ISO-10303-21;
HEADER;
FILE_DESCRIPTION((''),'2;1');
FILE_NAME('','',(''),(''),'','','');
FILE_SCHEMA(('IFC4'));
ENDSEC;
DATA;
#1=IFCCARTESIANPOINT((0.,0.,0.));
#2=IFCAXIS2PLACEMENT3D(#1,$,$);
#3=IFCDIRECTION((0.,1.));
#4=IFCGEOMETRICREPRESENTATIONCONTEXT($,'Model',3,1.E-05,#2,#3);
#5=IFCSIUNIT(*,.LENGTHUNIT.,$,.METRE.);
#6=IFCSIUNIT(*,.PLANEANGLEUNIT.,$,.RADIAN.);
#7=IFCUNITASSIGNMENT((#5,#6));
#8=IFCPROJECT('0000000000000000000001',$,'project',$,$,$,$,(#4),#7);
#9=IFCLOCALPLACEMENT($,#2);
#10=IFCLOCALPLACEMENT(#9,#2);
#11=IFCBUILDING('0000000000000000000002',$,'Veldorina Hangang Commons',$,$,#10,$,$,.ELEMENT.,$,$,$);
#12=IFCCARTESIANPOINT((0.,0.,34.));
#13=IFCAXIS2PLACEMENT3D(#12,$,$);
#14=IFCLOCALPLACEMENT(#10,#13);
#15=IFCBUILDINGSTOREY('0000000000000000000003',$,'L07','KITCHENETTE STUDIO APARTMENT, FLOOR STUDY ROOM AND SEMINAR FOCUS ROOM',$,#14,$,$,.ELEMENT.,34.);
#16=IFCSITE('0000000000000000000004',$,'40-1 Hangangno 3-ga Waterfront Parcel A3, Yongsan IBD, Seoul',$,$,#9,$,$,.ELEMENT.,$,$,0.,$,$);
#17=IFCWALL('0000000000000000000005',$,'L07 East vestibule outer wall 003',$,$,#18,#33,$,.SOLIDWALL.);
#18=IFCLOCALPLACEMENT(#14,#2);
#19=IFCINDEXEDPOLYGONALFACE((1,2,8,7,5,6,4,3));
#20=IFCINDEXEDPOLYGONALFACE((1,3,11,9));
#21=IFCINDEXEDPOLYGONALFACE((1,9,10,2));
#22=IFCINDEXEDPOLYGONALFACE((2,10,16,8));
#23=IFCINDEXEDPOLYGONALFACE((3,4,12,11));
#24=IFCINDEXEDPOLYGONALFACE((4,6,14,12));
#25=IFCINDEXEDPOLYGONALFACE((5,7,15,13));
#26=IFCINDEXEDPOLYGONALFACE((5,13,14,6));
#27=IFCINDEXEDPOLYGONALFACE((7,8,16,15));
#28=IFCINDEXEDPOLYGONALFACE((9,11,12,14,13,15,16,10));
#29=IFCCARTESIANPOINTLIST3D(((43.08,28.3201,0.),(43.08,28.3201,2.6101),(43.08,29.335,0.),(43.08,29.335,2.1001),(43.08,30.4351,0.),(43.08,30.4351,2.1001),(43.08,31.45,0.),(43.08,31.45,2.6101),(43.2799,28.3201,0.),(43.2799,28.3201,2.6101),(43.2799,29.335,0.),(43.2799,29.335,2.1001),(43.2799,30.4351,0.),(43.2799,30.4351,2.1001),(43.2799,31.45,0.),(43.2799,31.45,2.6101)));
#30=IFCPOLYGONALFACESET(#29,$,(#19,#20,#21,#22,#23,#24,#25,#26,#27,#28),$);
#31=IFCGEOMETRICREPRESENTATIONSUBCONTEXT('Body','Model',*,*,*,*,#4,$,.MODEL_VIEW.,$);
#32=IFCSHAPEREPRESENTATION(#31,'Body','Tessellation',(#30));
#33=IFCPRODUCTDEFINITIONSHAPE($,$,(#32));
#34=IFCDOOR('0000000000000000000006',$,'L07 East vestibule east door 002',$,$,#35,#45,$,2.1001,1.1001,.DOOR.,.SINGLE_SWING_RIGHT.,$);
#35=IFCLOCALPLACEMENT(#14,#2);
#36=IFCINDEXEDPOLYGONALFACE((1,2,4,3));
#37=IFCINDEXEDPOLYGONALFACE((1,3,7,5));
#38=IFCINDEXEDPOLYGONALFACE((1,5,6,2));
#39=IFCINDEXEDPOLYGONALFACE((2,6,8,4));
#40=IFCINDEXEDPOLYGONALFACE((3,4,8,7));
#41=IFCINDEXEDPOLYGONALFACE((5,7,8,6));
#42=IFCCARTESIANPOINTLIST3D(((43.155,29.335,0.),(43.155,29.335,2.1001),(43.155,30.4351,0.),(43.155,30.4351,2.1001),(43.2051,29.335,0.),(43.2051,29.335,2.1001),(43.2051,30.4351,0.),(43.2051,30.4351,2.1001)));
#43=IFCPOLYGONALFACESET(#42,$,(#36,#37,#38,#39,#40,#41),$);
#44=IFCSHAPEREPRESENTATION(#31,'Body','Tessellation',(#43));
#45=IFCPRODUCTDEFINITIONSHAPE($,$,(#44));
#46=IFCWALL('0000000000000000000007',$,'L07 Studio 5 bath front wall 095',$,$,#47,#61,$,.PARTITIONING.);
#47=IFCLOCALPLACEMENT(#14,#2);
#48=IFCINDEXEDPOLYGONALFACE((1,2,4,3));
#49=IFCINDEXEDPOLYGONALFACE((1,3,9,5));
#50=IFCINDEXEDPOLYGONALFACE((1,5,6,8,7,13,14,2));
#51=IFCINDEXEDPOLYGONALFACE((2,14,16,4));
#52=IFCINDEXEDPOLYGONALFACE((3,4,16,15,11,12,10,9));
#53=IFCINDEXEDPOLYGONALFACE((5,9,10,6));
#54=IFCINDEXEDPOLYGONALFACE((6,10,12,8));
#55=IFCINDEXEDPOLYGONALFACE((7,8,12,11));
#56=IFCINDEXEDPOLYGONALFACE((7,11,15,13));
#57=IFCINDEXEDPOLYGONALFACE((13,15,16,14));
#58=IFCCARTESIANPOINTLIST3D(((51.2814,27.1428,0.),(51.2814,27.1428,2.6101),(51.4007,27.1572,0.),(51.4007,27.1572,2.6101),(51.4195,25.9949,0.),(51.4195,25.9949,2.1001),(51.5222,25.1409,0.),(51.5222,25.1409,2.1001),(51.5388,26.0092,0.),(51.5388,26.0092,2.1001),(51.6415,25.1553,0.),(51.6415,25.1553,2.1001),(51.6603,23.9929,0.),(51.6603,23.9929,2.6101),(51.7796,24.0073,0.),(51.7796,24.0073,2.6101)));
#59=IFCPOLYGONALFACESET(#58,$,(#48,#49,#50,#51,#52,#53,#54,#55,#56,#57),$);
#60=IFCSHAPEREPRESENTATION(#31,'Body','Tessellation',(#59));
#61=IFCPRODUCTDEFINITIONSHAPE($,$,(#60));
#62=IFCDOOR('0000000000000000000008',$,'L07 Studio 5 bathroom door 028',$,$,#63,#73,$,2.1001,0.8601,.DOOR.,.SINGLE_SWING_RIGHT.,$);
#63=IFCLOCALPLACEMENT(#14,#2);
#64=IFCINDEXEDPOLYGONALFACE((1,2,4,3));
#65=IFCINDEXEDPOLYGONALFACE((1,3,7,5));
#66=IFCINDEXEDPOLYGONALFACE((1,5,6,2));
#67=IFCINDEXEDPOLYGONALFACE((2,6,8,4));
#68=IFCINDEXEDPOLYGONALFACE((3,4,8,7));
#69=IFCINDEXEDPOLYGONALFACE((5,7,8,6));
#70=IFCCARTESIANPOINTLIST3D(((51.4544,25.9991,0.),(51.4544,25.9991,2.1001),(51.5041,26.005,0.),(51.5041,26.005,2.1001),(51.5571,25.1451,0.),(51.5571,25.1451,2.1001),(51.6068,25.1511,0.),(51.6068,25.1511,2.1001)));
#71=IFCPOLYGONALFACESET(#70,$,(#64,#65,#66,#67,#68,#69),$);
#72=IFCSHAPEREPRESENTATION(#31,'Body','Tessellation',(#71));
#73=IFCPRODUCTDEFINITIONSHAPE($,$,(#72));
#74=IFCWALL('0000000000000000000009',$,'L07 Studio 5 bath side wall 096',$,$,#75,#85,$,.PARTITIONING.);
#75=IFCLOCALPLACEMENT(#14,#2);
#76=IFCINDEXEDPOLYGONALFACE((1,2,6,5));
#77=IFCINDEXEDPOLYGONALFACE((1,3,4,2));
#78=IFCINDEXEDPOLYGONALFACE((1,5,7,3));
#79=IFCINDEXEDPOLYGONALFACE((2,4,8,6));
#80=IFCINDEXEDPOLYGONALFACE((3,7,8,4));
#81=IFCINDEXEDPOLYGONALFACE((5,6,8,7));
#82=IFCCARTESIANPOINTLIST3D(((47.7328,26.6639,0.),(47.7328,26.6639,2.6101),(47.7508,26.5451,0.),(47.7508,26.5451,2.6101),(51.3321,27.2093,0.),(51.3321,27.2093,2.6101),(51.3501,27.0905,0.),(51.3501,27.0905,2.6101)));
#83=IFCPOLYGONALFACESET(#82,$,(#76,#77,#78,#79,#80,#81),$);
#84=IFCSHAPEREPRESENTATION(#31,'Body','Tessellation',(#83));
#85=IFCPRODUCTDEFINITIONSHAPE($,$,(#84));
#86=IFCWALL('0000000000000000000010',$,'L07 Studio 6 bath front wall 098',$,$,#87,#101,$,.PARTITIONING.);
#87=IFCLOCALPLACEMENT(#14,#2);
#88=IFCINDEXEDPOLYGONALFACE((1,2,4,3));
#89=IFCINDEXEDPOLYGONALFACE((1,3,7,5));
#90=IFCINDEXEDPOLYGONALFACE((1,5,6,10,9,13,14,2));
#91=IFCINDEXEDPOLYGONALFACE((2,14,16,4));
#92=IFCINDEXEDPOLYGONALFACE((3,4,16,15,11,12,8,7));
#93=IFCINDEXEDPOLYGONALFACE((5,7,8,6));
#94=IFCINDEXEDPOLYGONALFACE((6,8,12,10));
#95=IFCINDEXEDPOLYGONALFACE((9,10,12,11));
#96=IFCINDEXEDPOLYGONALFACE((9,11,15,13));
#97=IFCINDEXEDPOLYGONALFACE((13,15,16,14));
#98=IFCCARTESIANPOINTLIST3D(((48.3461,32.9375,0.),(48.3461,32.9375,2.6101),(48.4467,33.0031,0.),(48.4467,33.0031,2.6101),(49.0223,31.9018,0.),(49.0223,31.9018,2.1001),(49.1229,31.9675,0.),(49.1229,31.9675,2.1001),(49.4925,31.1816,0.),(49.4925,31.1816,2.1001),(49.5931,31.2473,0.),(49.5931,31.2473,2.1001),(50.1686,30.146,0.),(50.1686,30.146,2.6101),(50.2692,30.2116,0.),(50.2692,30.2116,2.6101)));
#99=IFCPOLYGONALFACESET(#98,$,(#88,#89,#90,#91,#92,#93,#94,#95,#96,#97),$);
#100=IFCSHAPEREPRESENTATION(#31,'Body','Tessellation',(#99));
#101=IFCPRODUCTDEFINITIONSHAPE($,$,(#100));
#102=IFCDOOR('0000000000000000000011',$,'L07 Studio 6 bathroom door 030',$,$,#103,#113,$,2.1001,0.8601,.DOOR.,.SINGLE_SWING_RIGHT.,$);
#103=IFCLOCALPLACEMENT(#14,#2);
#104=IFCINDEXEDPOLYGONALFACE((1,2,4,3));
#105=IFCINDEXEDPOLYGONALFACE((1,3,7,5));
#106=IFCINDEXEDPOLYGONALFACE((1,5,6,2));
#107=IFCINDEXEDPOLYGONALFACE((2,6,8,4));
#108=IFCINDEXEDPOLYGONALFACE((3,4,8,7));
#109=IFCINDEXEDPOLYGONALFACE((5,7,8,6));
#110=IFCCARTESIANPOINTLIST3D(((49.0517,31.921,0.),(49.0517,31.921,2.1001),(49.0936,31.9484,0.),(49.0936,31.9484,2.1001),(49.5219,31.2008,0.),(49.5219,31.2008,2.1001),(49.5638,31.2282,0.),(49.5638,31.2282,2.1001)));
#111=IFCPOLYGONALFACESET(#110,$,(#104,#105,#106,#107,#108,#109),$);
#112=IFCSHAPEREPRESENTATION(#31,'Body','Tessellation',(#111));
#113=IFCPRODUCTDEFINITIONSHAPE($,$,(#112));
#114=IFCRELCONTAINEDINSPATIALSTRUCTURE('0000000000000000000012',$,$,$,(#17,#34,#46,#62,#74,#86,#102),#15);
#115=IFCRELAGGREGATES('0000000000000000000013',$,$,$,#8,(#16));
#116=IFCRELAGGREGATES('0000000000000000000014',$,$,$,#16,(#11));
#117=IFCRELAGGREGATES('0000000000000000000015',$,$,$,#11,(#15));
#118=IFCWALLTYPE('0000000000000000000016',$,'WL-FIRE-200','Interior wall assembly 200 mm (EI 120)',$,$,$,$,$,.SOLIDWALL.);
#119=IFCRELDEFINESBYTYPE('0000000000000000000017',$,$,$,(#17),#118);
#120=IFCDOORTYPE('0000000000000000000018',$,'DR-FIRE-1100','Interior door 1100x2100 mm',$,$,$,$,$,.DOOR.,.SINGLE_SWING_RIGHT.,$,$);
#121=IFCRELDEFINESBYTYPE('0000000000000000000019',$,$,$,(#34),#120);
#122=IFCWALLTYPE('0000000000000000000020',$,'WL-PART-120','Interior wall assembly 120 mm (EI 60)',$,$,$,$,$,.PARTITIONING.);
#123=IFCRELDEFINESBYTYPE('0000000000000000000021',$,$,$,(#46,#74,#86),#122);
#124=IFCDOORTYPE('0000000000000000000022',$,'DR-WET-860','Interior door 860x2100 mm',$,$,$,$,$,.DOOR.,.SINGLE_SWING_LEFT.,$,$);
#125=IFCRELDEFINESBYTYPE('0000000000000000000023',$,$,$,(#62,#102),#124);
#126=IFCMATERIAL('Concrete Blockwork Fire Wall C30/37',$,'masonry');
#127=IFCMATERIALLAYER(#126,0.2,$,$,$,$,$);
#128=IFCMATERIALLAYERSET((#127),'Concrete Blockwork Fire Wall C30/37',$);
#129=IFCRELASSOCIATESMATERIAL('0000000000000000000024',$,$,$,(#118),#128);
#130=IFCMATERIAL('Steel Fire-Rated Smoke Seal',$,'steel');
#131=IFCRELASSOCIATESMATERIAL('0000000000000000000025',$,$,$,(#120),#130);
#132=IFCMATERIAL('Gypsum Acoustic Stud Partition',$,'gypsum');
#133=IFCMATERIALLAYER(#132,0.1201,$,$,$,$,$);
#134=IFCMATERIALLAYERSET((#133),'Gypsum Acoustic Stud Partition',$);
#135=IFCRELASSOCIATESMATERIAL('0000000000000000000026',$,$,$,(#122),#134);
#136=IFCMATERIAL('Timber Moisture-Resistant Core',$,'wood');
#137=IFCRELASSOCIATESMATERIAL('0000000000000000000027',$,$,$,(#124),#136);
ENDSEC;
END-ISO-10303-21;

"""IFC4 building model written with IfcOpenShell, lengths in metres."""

from ifc_helpers import new_model, si_unit, direction, frame, frame_2d, origin, place, context, subcontext, project, spatial, rectangle, extrude, material, layer, layer_set, type_object, element, fill, save


model = new_model("IFC4")

# Units and contexts
model_context = context("Model", 3, precision=1e-05, world=origin(), true_north=direction((0.0, 1.0)))
body_context = subcontext(model_context, "Body", "Model", "MODEL_VIEW")
ifc_project = project(units=[si_unit("LENGTHUNIT", "METRE"), si_unit("PLANEANGLEUNIT", "RADIAN")], contexts=[model_context])

# Site, building, storey
site_placement = place(None, origin())
site = spatial("IfcSite", under=ifc_project, at=site_placement, Name="40-1 Hangangno 3-ga Waterfront Parcel A3, Yongsan IBD, Seoul", CompositionType="ELEMENT", RefElevation=0.0)
building_placement = place(site_placement, origin())
building = spatial("IfcBuilding", under=site, at=building_placement, Name="Veldorina Hangang Commons", CompositionType="ELEMENT")
storey_placement = place(building_placement, frame((0.0, 0.0, 34.0)))
storey = spatial("IfcBuildingStorey", under=building, at=storey_placement, Name="L07", Description="KITCHENETTE STUDIO APARTMENT, FLOOR STUDY ROOM AND SEMINAR FOCUS ROOM", CompositionType="ELEMENT", Elevation=34.0)

# Walls, openings, doors
ifc_material_1 = material(Name="Concrete Blockwork Fire Wall C30/37", Category="masonry")
ifc_layer_1 = layer(ifc_material_1, 0.2)
ifc_layer_set_1 = layer_set([ifc_layer_1], Name="Concrete Blockwork Fire Wall C30/37")
wall_type_1 = type_object("IfcWallType", Name="WL-FIRE-200", Description="Interior wall assembly 200 mm (EI 120)", PredefinedType="SOLIDWALL", material=ifc_layer_set_1)
wall_1_placement = place(storey_placement, frame((43.1799, 28.3201, 0.0), z_axis=(0.0, 0.0, 1.0), x_axis=(0.0, 1.0, 0.0)))
wall_1 = element("IfcWall", 1, at=wall_1_placement, inside=storey, type_object=wall_type_1, Name="L07 East vestibule outer wall 003", PredefinedType="SOLIDWALL", context=body_context, shape_type="SweptSolid", body=[
    extrude(rectangle(XDim=3.1299, YDim=0.2, at=frame_2d((1.5649, 0.0))), origin(), (0.0, 0.0, 1.0), 2.6101),
])
opening_1_placement = place(wall_1_placement, frame((1.0149, 0.0, 0.0)))
opening_1 = element("IfcOpeningElement", 2, at=opening_1_placement, cuts=wall_1, PredefinedType="OPENING", context=body_context, shape_type="SweptSolid", body=[
    extrude(rectangle(XDim=1.1001, YDim=2.1001, at=frame_2d((0.55, 1.05))), frame((0.0, 0.1099, 0.0), z_axis=(0.0, -1.0, 0.0), x_axis=(1.0, 0.0, 0.0)), (0.0, 0.0, 1.0), 0.22),
])
ifc_material_2 = material(Name="Steel Fire-Rated Smoke Seal", Category="steel")
door_type_1 = type_object("IfcDoorType", Name="DR-FIRE-1100", Description="Interior door 1100x2100 mm", OperationType="SINGLE_SWING_RIGHT", PredefinedType="DOOR", material=ifc_material_2)
door_1_placement = place(opening_1_placement, origin())
door_1 = element("IfcDoor", 3, at=door_1_placement, inside=storey, type_object=door_type_1, Name="L07 East vestibule east door 002", OperationType="SINGLE_SWING_RIGHT", OverallHeight=2.1001, OverallWidth=1.1001, PredefinedType="DOOR", context=body_context, shape_type="SweptSolid", body=[
    extrude(rectangle(XDim=1.1001, YDim=2.1001, at=frame_2d((0.55, 1.05))), frame((0.0, 0.0249, 0.0), z_axis=(0.0, -1.0, 0.0), x_axis=(1.0, 0.0, 0.0)), (0.0, 0.0, 1.0), 0.05),
])
fill(opening_1, door_1)
ifc_material_3 = material(Name="Gypsum Acoustic Stud Partition", Category="gypsum")
ifc_layer_2 = layer(ifc_material_3, 0.1201)
ifc_layer_set_2 = layer_set([ifc_layer_2], Name="Gypsum Acoustic Stud Partition")
wall_type_2 = type_object("IfcWallType", Name="WL-PART-120", Description="Interior wall assembly 120 mm (EI 60)", PredefinedType="PARTITIONING", material=ifc_layer_set_2)
wall_2_placement = place(storey_placement, frame((51.72, 24.0, 0.0), z_axis=(0.0, 0.0, 1.0), x_axis=(-0.11943, 0.992843, 0.0)))
wall_2 = element("IfcWall", 4, at=wall_2_placement, inside=storey, type_object=wall_type_2, Name="L07 Studio 5 bath front wall 095", PredefinedType="PARTITIONING", context=body_context, shape_type="SweptSolid", body=[
    extrude(rectangle(XDim=3.1726, YDim=0.1201, at=frame_2d((1.5864, 0.0))), origin(), (0.0, 0.0, 1.0), 2.6101),
])
opening_2_placement = place(wall_2_placement, frame((1.1562, 0.0, 0.0)))
opening_2 = element("IfcOpeningElement", 5, at=opening_2_placement, cuts=wall_2, PredefinedType="OPENING", context=body_context, shape_type="SweptSolid", body=[
    extrude(rectangle(XDim=0.8601, YDim=2.1001, at=frame_2d((0.4302, 1.05))), frame((0.0, 0.0701, 0.0), z_axis=(0.0, -1.0, 0.0), x_axis=(1.0, 0.0, 0.0)), (0.0, 0.0, 1.0), 0.1401),
])
ifc_material_4 = material(Name="Timber Moisture-Resistant Core", Category="wood")
door_type_2 = type_object("IfcDoorType", Name="DR-WET-860", Description="Interior door 860x2100 mm", OperationType="SINGLE_SWING_LEFT", PredefinedType="DOOR", material=ifc_material_4)
door_2_placement = place(opening_2_placement, origin())
door_2 = element("IfcDoor", 6, at=door_2_placement, inside=storey, type_object=door_type_2, Name="L07 Studio 5 bathroom door 028", OperationType="SINGLE_SWING_RIGHT", OverallHeight=2.1001, OverallWidth=0.8601, PredefinedType="DOOR", context=body_context, shape_type="SweptSolid", body=[
    extrude(rectangle(XDim=0.8601, YDim=2.1001, at=frame_2d((0.4302, 1.05))), frame((0.0, 0.0249, 0.0), z_axis=(0.0, -1.0, 0.0), x_axis=(1.0, 0.0, 0.0)), (0.0, 0.0, 1.0), 0.05),
])
fill(opening_2, door_2)

# Wall
wall_3_placement = place(storey_placement, frame((47.7417, 26.6045, 0.0), z_axis=(0.0, 0.0, 1.0), x_axis=(0.988713, 0.149819, 0.0)))
element("IfcWall", 7, at=wall_3_placement, inside=storey, type_object=wall_type_2, Name="L07 Studio 5 bath side wall 096", PredefinedType="PARTITIONING", context=body_context, shape_type="SweptSolid", body=[
    extrude(rectangle(XDim=3.6404, YDim=0.1201, at=frame_2d((1.8203, 0.0))), origin(), (0.0, 0.0, 1.0), 2.6101),
])

# Wall, opening, door
wall_4_placement = place(storey_placement, frame((50.219, 30.1787, 0.0), z_axis=(0.0, 0.0, 1.0), x_axis=(-0.546681, 0.837341, 0.0)))
wall_4 = element("IfcWall", 8, at=wall_4_placement, inside=storey, type_object=wall_type_2, Name="L07 Studio 6 bath front wall 098", PredefinedType="PARTITIONING", context=body_context, shape_type="SweptSolid", body=[
    extrude(rectangle(XDim=3.3337, YDim=0.1201, at=frame_2d((1.667, 0.0))), origin(), (0.0, 0.0, 1.0), 2.6101),
])
opening_3_placement = place(wall_4_placement, frame((1.2368, 0.0, 0.0)))
opening_3 = element("IfcOpeningElement", 9, at=opening_3_placement, cuts=wall_4, PredefinedType="OPENING", context=body_context, shape_type="SweptSolid", body=[
    extrude(rectangle(XDim=0.8601, YDim=2.1001, at=frame_2d((0.4302, 1.05))), frame((0.0, 0.0701, 0.0), z_axis=(0.0, -1.0, 0.0), x_axis=(1.0, 0.0, 0.0)), (0.0, 0.0, 1.0), 0.1401),
])
door_3_placement = place(opening_3_placement, origin())
door_3 = element("IfcDoor", 10, at=door_3_placement, inside=storey, type_object=door_type_2, Name="L07 Studio 6 bathroom door 030", OperationType="SINGLE_SWING_RIGHT", OverallHeight=2.1001, OverallWidth=0.8601, PredefinedType="DOOR", context=body_context, shape_type="SweptSolid", body=[
    extrude(rectangle(XDim=0.8601, YDim=2.1001, at=frame_2d((0.4302, 1.05))), frame((0.0, 0.0249, 0.0), z_axis=(0.0, -1.0, 0.0), x_axis=(1.0, 0.0, 0.0)), (0.0, 0.0, 1.0), 0.05),
])
fill(opening_3, door_3)

save(model, "model.ifc")
